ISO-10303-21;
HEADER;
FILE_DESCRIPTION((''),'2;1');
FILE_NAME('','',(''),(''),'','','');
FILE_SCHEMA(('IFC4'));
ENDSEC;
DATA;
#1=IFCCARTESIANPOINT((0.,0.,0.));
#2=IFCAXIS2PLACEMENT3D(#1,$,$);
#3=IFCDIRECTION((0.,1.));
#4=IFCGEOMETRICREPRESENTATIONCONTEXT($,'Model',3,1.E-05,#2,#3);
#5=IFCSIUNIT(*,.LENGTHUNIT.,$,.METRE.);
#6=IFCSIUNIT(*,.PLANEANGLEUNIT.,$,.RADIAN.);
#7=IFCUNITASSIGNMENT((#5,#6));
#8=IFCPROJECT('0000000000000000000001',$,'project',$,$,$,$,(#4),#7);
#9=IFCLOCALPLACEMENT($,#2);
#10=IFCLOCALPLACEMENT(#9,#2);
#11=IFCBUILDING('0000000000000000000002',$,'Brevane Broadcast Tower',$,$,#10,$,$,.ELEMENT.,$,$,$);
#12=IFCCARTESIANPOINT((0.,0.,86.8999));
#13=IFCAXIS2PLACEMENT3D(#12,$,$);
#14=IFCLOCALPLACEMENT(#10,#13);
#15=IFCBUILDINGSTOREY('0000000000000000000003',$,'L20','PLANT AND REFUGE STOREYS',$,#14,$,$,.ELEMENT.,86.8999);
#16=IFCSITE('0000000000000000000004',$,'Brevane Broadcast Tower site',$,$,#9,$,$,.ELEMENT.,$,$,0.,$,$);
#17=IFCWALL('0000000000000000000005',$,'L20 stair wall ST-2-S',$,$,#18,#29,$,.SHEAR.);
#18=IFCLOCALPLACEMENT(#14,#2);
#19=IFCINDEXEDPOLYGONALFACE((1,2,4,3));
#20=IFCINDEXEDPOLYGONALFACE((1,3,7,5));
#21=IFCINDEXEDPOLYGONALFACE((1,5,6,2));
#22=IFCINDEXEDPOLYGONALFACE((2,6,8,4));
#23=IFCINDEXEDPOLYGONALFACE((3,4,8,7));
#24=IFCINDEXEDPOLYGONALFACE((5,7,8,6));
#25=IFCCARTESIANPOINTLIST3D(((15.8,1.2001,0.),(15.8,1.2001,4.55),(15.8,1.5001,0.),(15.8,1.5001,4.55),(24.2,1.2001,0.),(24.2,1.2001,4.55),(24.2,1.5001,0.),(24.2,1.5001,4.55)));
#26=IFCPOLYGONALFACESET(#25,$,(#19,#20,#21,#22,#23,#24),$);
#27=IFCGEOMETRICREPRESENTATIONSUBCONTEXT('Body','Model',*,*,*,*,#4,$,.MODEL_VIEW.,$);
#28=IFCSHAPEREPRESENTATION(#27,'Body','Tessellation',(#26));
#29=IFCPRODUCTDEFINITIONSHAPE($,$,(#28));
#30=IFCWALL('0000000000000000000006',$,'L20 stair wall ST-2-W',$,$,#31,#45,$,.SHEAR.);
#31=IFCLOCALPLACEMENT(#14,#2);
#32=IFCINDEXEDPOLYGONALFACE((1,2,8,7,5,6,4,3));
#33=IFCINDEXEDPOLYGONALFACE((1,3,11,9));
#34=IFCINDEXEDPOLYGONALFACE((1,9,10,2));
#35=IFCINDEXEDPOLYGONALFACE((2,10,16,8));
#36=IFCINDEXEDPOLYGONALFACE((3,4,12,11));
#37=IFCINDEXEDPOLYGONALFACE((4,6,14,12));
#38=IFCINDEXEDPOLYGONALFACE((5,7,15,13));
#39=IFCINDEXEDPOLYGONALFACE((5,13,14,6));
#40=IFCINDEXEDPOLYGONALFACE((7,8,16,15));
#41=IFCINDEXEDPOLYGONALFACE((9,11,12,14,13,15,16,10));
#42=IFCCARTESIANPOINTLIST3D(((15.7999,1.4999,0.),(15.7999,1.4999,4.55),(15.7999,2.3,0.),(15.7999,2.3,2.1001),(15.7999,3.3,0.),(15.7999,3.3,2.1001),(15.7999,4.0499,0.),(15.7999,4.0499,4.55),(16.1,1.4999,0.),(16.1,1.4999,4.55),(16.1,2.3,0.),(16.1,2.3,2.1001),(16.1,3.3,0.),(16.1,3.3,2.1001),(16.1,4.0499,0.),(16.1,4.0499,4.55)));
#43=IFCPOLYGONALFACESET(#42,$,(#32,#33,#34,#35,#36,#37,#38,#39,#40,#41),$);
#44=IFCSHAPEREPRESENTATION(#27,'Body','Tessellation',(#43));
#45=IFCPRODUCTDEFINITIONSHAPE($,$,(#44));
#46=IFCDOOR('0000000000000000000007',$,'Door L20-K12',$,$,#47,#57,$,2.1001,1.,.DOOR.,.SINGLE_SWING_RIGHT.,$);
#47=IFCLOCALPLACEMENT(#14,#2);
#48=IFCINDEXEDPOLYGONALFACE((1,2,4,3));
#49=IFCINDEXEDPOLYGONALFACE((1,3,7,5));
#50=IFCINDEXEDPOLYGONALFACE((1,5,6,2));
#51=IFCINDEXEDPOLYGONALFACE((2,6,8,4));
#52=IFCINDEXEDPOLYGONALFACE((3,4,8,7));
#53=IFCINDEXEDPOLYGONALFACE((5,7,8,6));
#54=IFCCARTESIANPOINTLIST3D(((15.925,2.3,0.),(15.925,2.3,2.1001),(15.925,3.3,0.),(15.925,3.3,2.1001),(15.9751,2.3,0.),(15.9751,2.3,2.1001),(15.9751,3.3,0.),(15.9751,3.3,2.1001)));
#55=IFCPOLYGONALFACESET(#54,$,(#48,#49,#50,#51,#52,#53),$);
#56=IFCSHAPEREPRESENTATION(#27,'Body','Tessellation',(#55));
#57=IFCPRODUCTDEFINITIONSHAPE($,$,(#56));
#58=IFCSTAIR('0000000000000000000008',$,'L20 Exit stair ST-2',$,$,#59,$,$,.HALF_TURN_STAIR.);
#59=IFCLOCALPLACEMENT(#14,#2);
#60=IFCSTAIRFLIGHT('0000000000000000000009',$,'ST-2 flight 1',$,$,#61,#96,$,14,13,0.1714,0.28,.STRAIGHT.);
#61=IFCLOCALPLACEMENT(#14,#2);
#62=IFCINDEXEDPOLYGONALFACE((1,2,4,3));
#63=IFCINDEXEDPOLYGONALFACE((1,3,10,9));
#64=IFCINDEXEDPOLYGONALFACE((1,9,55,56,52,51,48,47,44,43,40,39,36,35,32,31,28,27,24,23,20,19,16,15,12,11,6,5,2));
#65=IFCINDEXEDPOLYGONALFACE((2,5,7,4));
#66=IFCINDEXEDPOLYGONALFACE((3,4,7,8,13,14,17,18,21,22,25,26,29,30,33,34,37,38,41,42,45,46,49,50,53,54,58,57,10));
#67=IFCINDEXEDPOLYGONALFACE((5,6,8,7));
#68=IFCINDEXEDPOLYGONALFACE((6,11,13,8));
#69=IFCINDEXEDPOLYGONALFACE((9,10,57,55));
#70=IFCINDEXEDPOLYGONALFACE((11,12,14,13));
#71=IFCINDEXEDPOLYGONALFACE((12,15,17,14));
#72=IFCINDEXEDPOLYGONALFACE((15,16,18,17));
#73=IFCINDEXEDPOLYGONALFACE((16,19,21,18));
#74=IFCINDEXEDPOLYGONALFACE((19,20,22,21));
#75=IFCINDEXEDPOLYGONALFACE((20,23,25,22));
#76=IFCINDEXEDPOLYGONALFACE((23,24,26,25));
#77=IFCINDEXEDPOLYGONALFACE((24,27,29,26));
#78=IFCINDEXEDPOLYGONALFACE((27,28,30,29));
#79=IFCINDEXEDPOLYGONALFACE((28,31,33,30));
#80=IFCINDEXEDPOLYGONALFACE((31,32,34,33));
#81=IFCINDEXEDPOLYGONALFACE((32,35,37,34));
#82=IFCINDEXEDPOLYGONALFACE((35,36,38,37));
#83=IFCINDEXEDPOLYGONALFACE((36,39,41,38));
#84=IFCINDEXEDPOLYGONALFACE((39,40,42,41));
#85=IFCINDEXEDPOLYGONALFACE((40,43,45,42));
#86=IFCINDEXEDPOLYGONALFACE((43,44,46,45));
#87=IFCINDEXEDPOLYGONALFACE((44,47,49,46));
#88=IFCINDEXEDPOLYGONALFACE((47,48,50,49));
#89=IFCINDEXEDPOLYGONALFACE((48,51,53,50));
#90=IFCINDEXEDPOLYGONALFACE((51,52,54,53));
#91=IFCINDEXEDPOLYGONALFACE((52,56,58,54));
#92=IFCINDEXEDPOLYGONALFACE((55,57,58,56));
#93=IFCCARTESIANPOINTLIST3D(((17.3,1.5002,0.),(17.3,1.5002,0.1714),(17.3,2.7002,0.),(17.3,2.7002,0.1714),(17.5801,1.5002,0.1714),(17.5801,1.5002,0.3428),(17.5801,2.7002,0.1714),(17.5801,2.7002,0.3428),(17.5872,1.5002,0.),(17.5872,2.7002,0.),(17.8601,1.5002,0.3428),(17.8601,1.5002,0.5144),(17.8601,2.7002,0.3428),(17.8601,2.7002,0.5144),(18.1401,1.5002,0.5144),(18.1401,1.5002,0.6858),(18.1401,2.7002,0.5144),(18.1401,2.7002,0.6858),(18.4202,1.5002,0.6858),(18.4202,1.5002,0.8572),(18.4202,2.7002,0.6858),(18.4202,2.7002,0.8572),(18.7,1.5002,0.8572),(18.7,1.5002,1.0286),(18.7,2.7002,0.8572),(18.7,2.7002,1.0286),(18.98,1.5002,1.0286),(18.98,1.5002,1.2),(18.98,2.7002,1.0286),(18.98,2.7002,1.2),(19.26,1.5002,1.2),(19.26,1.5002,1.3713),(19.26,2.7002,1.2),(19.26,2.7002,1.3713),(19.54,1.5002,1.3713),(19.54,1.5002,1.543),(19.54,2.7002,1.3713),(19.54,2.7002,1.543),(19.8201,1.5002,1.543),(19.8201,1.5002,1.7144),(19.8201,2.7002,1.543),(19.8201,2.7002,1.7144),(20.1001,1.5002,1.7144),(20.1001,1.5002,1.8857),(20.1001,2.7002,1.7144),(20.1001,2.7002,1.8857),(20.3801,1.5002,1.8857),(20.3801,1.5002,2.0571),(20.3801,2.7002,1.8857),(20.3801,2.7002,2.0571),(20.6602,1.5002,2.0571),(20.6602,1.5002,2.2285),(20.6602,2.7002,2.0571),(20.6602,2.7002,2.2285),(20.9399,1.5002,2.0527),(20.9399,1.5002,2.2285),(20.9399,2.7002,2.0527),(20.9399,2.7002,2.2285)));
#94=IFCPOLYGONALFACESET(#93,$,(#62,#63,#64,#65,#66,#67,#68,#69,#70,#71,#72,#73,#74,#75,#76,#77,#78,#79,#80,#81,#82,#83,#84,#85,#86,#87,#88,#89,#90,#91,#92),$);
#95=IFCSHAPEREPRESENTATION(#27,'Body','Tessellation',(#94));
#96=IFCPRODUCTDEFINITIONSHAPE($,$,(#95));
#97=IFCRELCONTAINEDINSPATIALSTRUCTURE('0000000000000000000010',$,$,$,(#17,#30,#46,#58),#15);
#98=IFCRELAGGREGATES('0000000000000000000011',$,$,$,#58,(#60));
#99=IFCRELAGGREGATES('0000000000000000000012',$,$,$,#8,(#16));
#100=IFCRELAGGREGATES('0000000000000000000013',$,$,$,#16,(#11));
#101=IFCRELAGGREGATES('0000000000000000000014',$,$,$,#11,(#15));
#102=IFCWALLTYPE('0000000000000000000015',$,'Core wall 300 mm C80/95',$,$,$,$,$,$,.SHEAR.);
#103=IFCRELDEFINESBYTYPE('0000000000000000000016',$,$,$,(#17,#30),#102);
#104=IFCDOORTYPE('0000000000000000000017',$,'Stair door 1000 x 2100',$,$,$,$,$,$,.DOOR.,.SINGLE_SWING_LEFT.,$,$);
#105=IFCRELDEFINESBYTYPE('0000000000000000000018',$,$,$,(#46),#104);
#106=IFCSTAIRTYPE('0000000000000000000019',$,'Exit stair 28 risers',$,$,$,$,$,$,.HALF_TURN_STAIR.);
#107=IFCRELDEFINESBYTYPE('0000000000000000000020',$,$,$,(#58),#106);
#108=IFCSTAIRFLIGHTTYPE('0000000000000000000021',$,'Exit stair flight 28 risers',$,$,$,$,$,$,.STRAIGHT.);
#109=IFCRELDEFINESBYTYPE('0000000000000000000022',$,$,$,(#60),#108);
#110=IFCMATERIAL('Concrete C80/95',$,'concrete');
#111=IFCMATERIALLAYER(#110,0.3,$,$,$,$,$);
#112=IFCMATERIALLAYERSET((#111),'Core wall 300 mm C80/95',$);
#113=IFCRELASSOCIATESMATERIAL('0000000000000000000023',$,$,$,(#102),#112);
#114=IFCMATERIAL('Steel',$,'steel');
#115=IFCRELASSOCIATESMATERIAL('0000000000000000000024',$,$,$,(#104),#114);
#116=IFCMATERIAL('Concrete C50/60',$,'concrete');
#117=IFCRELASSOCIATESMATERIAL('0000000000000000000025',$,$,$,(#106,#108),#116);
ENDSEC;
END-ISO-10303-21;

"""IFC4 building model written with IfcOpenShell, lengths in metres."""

from ifc_helpers import new_model, si_unit, direction, frame, frame_2d, origin, place, context, subcontext, project, spatial, polyline, rectangle, outline, extrude, material, layer, layer_set, type_object, element, fill, aggregate, save


model = new_model("IFC4")

# Units and contexts
model_context = context("Model", 3, precision=1e-05, world=origin(), true_north=direction((0.0, 1.0)))
body_context = subcontext(model_context, "Body", "Model", "MODEL_VIEW")
ifc_project = project(units=[si_unit("LENGTHUNIT", "METRE"), si_unit("PLANEANGLEUNIT", "RADIAN")], contexts=[model_context])

# Site, building, storey
site_placement = place(None, origin())
site = spatial("IfcSite", under=ifc_project, at=site_placement, Name="Brevane Broadcast Tower site", CompositionType="ELEMENT", RefElevation=0.0)
building_placement = place(site_placement, origin())
building = spatial("IfcBuilding", under=site, at=building_placement, Name="Brevane Broadcast Tower", CompositionType="ELEMENT")
storey_placement = place(building_placement, frame((0.0, 0.0, 86.8999)))
storey = spatial("IfcBuildingStorey", under=building, at=storey_placement, Name="L20", Description="PLANT AND REFUGE STOREYS", CompositionType="ELEMENT", Elevation=86.8999)

# Shared definitions
ifc_material_1 = material(Name="Concrete C80/95", Category="concrete")
ifc_layer_1 = layer(ifc_material_1, 0.3)
ifc_layer_set_1 = layer_set([ifc_layer_1], Name="Core wall 300 mm C80/95")
wall_type_1 = type_object("IfcWallType", Name="Core wall 300 mm C80/95", PredefinedType="SHEAR", material=ifc_layer_set_1)

# Wall
wall_1_placement = place(storey_placement, frame((15.8, 1.3501, 0.0), z_axis=(0.0, 0.0, 1.0), x_axis=(1.0, 0.0, 0.0)))
element("IfcWall", 1, at=wall_1_placement, inside=storey, type_object=wall_type_1, Name="L20 stair wall ST-2-S", PredefinedType="SHEAR", context=body_context, shape_type="SweptSolid", body=[
    extrude(rectangle(XDim=8.3999, YDim=0.3, at=frame_2d((4.2, 0.0))), origin(), (0.0, 0.0, 1.0), 4.55),
])

# Wall, opening, door
wall_2_placement = place(storey_placement, frame((15.95, 1.5, 0.0), z_axis=(0.0, 0.0, 1.0), x_axis=(0.0, 1.0, 0.0)))
wall_2 = element("IfcWall", 2, at=wall_2_placement, inside=storey, type_object=wall_type_1, Name="L20 stair wall ST-2-W", PredefinedType="SHEAR", context=body_context, shape_type="SweptSolid", body=[
    extrude(rectangle(XDim=2.55, YDim=0.3, at=frame_2d((1.2749, 0.0))), origin(), (0.0, 0.0, 1.0), 4.55),
])
opening_1_placement = place(wall_2_placement, frame((0.8, 0.0, 0.0)))
opening_1 = element("IfcOpeningElement", 3, at=opening_1_placement, cuts=wall_2, PredefinedType="OPENING", context=body_context, shape_type="SweptSolid", body=[
    extrude(rectangle(XDim=1.0, YDim=2.1001, at=frame_2d((0.5, 1.05))), frame((0.0, 0.1599, 0.0), z_axis=(0.0, -1.0, 0.0), x_axis=(1.0, 0.0, 0.0)), (0.0, 0.0, 1.0), 0.3201),
])
ifc_material_2 = material(Name="Steel", Category="steel")
door_type_1 = type_object("IfcDoorType", Name="Stair door 1000 x 2100", OperationType="SINGLE_SWING_LEFT", PredefinedType="DOOR", material=ifc_material_2)
door_1_placement = place(opening_1_placement, origin())
door_1 = element("IfcDoor", 4, at=door_1_placement, inside=storey, type_object=door_type_1, Name="Door L20-K12", OperationType="SINGLE_SWING_RIGHT", OverallHeight=2.1001, OverallWidth=1.0, PredefinedType="DOOR", context=body_context, shape_type="SweptSolid", body=[
    extrude(rectangle(XDim=1.0, YDim=2.1001, at=frame_2d((0.5, 1.05))), frame((0.0, 0.0249, 0.0), z_axis=(0.0, -1.0, 0.0), x_axis=(1.0, 0.0, 0.0)), (0.0, 0.0, 1.0), 0.05),
])
fill(opening_1, door_1)

# Stair, stair flight
ifc_material_3 = material(Name="Concrete C50/60", Category="concrete")
stair_type = type_object("IfcStairType", Name="Exit stair 28 risers", PredefinedType="HALF_TURN_STAIR", material=ifc_material_3)
stair_placement = place(storey_placement, origin())
stair = element("IfcStair", 5, at=stair_placement, inside=storey, type_object=stair_type, Name="L20 Exit stair ST-2", PredefinedType="HALF_TURN_STAIR")
stair_flight_type = type_object("IfcStairFlightType", Name="Exit stair flight 28 risers", PredefinedType="STRAIGHT", material=ifc_material_3)
stair_flight_placement = place(storey_placement, frame((17.3, 2.1001, 0.0), z_axis=(0.0, 0.0, 1.0), x_axis=(1.0, 0.0, 0.0)))
stair_flight = element("IfcStairFlight", 6, at=stair_flight_placement, type_object=stair_flight_type, Name="ST-2 flight 1", NumberOfRisers=14, NumberOfTreads=13, PredefinedType="STRAIGHT", RiserHeight=0.1714, TreadLength=0.28, context=body_context, shape_type="SweptSolid", body=[
    extrude(outline(polyline([(0.0, 0.0), (0.0, 0.1714), (0.28, 0.1714), (0.28, 0.3428), (0.5601, 0.3428), (0.5601, 0.5144), (0.8401, 0.5144), (0.8401, 0.6858), (1.1201, 0.6858), (1.1201, 0.8572), (1.3999, 0.8572), (1.3999, 1.0286), (1.6799, 1.0286), (1.6799, 1.2), (1.96, 1.2), (1.96, 1.3713), (2.24, 1.3713), (2.24, 1.543), (2.52, 1.543), (2.52, 1.7144), (2.8, 1.7144), (2.8, 1.8857), (3.0801, 1.8857), (3.0801, 2.0571), (3.3601, 2.0571), (3.3601, 2.2285), (3.6399, 2.2285), (3.6399, 2.3999), (3.6399, 2.0527), (0.2871, 0.0), (0.0, 0.0)])), frame((0.0, 0.6001, 0.0), z_axis=(0.0, -1.0, 0.0), x_axis=(1.0, 0.0, 0.0)), (0.0, 0.0, 1.0), 1.2),
])
aggregate(stair, [stair_flight])

save(model, "model.ifc")
